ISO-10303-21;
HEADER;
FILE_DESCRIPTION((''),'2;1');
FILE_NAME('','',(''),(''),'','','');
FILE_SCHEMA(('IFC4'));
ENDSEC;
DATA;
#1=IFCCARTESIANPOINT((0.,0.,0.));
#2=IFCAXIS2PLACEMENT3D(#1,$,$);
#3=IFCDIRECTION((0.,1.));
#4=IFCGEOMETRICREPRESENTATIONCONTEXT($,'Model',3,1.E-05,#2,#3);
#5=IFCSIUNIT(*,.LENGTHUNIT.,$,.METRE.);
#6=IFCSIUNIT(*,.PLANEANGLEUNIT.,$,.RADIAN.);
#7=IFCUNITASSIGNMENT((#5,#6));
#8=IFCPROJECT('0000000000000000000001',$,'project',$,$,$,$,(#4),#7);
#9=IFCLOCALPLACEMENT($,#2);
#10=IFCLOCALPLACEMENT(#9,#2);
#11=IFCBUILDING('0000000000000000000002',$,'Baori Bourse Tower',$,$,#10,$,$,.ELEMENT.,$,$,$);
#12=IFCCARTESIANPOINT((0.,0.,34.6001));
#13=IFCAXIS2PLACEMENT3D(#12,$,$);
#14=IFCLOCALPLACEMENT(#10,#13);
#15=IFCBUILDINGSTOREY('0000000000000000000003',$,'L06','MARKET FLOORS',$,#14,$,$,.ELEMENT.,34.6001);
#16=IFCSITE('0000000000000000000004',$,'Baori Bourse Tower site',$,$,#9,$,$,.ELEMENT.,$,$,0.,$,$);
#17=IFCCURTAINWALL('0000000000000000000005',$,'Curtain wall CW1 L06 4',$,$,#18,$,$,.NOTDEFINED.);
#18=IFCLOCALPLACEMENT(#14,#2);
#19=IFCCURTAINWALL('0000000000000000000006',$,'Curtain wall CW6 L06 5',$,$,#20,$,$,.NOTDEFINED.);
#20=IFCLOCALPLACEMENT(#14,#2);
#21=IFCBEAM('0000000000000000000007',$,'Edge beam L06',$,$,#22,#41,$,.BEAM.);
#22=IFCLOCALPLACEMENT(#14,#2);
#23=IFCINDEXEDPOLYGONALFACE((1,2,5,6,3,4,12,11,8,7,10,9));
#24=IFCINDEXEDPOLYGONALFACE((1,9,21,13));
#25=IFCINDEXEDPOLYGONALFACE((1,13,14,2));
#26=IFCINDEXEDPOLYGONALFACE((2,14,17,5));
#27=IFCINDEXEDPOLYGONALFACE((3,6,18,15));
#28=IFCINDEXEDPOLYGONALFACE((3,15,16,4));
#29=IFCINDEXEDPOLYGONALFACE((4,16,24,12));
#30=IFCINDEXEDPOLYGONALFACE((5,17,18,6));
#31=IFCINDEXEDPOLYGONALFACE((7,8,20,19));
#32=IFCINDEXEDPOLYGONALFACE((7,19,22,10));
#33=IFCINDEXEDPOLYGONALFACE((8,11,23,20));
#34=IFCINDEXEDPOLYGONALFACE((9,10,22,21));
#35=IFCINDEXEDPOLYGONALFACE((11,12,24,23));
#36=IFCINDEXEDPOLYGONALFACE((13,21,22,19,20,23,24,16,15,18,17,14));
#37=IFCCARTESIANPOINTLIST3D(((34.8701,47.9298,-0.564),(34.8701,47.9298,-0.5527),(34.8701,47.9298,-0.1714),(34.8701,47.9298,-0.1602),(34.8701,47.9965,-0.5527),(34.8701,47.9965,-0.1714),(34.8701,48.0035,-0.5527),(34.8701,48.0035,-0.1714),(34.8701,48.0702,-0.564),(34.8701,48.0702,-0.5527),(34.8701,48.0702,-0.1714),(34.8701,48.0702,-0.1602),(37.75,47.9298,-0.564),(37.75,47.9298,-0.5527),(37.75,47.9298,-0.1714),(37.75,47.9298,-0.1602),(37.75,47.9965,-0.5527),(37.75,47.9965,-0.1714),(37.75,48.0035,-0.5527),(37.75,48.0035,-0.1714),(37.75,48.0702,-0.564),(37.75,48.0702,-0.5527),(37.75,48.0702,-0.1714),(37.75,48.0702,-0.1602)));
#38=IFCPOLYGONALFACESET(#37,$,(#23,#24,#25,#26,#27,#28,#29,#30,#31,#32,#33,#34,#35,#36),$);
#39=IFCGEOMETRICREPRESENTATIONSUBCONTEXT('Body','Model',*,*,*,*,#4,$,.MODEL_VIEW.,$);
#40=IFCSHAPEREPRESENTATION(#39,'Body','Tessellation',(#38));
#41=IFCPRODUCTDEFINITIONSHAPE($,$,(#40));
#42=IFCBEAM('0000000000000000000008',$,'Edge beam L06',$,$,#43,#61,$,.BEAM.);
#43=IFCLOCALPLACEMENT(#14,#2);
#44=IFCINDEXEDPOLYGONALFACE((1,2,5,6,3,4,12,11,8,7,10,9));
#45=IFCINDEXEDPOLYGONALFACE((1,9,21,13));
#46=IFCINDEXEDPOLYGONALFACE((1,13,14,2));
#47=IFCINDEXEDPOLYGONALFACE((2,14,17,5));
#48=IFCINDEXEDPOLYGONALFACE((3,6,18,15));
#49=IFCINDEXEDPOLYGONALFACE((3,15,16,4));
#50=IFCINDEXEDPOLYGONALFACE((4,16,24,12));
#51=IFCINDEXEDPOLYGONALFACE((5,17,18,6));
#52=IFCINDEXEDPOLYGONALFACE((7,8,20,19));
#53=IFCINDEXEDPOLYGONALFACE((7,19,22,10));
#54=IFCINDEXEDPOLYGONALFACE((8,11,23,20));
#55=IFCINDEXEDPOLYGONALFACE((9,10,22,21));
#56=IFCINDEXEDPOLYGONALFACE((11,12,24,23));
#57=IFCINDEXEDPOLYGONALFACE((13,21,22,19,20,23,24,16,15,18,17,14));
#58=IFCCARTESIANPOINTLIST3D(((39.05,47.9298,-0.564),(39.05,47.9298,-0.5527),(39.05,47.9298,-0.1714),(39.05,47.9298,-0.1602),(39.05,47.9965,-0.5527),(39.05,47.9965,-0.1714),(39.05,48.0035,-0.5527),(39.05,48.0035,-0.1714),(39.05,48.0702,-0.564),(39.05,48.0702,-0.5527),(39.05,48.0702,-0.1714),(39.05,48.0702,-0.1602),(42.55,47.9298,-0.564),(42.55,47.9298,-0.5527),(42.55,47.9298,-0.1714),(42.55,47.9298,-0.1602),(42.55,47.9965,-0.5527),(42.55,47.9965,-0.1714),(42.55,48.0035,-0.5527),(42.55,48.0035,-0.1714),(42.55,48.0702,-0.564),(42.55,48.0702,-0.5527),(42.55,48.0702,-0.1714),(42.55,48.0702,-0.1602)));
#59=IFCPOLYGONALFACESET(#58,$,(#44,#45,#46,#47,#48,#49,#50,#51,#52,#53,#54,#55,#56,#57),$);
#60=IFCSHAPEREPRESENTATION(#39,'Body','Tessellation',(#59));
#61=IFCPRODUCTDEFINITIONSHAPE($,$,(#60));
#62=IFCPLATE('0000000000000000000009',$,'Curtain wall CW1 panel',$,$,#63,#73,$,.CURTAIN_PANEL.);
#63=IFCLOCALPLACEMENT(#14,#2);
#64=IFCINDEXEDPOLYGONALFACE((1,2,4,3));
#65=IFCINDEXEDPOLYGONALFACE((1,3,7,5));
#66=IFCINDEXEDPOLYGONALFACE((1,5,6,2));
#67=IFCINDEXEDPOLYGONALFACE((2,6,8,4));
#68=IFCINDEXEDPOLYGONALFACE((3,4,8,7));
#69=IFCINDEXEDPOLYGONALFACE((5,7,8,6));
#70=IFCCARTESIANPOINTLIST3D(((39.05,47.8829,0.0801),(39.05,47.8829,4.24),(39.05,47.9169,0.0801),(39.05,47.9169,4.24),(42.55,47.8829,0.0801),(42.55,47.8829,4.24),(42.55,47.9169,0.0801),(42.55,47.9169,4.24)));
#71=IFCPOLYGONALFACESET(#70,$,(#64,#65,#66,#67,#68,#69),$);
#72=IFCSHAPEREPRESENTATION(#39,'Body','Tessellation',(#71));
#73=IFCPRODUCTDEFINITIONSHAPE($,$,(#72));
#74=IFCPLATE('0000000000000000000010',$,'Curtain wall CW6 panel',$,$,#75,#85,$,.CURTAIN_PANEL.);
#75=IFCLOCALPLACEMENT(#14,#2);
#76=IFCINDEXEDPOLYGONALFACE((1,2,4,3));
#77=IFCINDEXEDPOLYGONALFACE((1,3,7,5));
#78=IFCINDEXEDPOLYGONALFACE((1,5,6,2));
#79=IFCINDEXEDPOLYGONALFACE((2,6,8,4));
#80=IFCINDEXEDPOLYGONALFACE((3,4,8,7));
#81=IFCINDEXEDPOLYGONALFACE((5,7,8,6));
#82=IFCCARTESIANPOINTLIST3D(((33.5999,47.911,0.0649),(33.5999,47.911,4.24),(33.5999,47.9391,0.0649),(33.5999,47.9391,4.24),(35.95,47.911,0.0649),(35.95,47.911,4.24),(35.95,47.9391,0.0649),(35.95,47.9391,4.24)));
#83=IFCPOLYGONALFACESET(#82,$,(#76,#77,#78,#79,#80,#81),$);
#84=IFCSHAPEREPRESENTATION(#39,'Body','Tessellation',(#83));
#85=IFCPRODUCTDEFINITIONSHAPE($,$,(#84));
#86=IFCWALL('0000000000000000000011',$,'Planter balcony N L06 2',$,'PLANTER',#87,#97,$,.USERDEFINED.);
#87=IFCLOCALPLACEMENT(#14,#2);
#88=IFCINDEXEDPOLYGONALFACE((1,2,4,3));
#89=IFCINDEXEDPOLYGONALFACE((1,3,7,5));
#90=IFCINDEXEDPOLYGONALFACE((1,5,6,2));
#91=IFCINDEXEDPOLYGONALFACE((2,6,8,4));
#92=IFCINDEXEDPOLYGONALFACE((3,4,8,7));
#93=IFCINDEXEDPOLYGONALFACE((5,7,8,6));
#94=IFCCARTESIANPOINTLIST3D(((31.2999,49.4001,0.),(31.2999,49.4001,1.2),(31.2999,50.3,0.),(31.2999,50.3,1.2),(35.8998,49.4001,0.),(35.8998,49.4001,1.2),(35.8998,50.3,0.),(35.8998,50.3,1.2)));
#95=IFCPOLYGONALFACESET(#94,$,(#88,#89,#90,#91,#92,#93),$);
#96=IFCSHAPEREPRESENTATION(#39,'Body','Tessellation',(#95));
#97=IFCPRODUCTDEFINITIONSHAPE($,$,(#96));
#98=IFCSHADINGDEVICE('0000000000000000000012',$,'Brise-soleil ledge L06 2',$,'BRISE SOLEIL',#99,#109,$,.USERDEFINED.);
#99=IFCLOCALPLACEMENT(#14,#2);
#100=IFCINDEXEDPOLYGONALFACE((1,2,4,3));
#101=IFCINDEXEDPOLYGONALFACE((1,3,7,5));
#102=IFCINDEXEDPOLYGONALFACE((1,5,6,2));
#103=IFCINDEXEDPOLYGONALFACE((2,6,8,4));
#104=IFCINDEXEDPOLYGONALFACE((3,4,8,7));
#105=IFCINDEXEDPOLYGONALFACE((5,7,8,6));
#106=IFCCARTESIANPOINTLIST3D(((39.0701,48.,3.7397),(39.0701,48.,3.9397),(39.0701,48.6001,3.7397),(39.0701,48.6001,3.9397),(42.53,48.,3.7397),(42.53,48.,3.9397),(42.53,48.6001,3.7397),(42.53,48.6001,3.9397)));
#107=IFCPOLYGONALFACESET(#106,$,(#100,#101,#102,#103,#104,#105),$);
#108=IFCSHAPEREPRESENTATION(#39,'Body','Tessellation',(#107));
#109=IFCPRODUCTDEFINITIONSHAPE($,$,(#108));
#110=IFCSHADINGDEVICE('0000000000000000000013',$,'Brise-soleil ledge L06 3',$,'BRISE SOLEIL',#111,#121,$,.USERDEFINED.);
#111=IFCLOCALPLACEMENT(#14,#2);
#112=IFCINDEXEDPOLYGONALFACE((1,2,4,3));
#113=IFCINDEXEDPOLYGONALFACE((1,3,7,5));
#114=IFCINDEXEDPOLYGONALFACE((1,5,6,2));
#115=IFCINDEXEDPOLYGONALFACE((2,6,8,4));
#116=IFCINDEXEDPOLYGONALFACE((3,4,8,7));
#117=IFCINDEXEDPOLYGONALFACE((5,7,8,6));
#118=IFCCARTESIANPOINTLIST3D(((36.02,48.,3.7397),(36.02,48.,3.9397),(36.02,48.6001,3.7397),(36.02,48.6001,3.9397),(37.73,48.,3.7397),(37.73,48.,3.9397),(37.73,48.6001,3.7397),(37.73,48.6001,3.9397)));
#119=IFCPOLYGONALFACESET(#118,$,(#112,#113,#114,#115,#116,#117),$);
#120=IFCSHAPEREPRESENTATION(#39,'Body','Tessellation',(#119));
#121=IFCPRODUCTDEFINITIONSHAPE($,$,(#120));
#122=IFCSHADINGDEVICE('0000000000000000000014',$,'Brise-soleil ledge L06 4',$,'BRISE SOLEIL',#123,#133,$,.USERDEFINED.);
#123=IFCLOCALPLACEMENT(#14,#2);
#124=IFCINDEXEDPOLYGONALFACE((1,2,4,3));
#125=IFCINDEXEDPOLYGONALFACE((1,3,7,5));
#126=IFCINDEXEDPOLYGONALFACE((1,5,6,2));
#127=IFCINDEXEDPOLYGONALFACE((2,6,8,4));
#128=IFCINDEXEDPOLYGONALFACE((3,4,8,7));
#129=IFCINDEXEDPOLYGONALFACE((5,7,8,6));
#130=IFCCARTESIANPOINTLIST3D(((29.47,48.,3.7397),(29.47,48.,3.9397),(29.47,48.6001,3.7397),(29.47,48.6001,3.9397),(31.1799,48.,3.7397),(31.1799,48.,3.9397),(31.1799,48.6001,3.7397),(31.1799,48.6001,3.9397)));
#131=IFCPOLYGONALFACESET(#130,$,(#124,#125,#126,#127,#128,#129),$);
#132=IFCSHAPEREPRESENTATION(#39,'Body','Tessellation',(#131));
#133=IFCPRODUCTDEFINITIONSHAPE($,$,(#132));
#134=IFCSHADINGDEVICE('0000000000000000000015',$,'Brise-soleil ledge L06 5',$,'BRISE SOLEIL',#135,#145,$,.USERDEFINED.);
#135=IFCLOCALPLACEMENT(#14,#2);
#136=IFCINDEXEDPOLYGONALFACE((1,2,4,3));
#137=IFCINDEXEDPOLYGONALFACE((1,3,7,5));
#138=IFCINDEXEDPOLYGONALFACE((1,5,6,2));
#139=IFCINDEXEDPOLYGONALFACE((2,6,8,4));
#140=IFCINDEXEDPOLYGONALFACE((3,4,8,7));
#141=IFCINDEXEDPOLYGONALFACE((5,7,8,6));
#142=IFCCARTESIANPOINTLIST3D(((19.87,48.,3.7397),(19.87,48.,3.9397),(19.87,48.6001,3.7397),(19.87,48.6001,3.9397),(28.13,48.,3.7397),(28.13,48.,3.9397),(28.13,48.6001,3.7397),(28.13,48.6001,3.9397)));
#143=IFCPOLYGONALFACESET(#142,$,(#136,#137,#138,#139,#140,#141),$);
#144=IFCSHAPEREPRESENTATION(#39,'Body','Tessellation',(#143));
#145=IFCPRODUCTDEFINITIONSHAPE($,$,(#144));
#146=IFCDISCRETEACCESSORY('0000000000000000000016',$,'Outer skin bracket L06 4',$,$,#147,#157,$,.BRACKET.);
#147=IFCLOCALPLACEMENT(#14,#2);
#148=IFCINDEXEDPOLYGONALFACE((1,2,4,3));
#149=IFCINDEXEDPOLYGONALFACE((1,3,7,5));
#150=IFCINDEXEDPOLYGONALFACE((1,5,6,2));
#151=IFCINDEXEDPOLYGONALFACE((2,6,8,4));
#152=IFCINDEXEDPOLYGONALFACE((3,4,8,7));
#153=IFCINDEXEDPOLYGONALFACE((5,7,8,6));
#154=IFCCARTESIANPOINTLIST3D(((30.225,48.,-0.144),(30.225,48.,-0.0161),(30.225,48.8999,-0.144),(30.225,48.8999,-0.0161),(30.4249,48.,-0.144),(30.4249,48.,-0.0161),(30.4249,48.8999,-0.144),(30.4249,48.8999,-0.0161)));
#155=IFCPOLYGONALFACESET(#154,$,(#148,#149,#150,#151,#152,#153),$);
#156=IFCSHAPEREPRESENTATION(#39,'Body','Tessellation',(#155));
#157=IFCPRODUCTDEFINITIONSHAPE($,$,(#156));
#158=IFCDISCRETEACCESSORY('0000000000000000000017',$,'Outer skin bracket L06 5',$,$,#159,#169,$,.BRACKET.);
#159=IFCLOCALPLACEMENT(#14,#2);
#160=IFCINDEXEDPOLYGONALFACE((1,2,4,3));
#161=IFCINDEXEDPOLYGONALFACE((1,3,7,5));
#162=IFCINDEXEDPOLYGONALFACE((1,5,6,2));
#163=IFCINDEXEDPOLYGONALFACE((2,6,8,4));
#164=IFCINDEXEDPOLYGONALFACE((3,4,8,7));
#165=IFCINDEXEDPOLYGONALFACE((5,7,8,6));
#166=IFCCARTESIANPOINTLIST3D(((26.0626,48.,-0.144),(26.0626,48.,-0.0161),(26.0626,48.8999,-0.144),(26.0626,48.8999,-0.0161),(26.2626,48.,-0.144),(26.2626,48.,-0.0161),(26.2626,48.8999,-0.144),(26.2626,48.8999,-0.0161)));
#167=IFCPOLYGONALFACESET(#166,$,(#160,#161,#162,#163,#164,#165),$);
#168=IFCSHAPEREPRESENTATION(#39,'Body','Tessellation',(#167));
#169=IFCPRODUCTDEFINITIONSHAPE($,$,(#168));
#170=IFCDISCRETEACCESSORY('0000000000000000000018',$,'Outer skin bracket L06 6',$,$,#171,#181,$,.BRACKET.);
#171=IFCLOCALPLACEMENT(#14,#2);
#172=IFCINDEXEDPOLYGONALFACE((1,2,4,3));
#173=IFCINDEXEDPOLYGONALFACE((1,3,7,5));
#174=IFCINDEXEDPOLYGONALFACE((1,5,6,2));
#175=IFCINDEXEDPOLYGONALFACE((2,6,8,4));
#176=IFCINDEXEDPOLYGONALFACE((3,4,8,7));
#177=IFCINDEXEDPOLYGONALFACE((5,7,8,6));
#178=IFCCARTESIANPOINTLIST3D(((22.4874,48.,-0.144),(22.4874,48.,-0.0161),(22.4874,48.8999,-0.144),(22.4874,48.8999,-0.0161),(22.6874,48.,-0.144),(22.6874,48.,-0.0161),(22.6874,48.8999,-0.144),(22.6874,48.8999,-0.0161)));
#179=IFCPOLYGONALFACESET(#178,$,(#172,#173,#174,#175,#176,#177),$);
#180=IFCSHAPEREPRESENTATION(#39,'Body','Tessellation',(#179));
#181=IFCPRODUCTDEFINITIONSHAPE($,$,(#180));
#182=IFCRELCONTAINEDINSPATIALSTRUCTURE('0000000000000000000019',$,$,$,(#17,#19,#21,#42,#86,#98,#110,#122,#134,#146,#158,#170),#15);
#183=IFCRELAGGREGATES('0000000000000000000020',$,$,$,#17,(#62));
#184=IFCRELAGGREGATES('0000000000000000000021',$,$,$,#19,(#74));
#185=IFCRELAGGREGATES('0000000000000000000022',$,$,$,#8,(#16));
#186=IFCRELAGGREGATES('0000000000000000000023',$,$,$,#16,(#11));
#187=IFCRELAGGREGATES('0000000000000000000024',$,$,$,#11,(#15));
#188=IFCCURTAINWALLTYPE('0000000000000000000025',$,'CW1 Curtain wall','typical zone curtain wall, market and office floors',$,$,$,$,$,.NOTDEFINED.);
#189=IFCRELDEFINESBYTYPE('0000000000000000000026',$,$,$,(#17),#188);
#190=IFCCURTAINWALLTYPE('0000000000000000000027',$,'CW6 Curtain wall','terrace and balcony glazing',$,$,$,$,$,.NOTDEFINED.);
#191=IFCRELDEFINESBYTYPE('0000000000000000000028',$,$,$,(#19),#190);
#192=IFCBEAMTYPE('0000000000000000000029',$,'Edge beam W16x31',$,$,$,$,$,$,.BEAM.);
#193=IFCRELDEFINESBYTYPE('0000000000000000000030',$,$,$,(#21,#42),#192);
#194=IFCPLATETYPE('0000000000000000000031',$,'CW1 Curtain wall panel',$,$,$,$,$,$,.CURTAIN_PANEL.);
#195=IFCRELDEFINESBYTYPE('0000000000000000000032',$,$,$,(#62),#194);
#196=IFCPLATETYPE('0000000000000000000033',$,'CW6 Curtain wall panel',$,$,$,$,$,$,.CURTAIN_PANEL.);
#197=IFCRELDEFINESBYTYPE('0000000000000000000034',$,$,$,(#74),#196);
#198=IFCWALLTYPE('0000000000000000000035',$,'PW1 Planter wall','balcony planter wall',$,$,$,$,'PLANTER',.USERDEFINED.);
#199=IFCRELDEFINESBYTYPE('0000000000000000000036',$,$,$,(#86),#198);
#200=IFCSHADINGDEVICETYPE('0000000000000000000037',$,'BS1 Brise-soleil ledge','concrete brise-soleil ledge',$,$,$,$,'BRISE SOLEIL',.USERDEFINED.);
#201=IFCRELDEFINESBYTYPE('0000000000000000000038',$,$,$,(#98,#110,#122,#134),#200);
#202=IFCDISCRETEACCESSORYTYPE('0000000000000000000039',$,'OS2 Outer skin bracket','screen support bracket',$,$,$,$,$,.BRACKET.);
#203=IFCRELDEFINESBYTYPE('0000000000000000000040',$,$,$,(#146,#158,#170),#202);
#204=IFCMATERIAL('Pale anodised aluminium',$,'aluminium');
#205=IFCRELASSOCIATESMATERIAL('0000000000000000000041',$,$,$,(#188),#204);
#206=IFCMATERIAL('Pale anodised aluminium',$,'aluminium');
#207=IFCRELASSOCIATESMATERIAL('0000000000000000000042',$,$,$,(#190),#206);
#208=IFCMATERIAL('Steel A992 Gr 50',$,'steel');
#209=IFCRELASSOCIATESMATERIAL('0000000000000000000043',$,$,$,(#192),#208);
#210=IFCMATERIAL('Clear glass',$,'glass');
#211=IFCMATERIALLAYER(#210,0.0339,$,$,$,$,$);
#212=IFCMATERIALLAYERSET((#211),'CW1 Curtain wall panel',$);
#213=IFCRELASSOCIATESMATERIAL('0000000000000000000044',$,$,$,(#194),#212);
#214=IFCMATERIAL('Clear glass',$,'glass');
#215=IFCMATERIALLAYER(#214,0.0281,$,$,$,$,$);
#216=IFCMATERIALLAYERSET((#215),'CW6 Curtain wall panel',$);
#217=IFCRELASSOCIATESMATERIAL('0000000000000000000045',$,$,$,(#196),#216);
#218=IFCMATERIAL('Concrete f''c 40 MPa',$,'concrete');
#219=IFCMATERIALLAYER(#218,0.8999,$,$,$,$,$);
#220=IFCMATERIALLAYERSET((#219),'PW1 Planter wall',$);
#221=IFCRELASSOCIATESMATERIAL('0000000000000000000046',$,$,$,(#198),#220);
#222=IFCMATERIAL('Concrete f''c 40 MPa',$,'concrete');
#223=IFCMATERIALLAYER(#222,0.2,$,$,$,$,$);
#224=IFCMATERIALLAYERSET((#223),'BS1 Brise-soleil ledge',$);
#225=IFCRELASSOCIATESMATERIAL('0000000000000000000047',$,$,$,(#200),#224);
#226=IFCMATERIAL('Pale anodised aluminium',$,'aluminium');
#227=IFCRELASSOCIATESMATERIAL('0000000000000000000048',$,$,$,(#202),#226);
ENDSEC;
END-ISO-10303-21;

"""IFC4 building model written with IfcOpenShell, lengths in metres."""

from ifc_helpers import new_model, si_unit, direction, frame, frame_2d, origin, origin_2d, place, context, subcontext, project, spatial, rectangle, i_section, extrude, material, layer, layer_set, material_profile, profile_set, type_object, element, aggregate, save


model = new_model("IFC4")

# Units and contexts
model_context = context("Model", 3, precision=1e-05, world=origin(), true_north=direction((0.0, 1.0)))
body_context = subcontext(model_context, "Body", "Model", "MODEL_VIEW")
ifc_project = project(units=[si_unit("LENGTHUNIT", "METRE"), si_unit("PLANEANGLEUNIT", "RADIAN")], contexts=[model_context])

# Site, building, storey
site_placement = place(None, origin())
site = spatial("IfcSite", under=ifc_project, at=site_placement, Name="Baori Bourse Tower site", CompositionType="ELEMENT", RefElevation=0.0)
building_placement = place(site_placement, origin())
building = spatial("IfcBuilding", under=site, at=building_placement, Name="Baori Bourse Tower", CompositionType="ELEMENT")
storey_placement = place(building_placement, frame((0.0, 0.0, 34.6001)))
storey = spatial("IfcBuildingStorey", under=building, at=storey_placement, Name="L06", Description="MARKET FLOORS", CompositionType="ELEMENT", Elevation=34.6001)

# Curtain wall
ifc_material_1 = material(Name="Pale anodised aluminium", Category="aluminium")
curtain_wall_type_1 = type_object("IfcCurtainWallType", Name="CW1 Curtain wall", Description="typical zone curtain wall, market and office floors", PredefinedType="NOTDEFINED", material=ifc_material_1)
curtain_wall_1_placement = place(storey_placement, origin())
curtain_wall_1 = element("IfcCurtainWall", 1, at=curtain_wall_1_placement, inside=storey, type_object=curtain_wall_type_1, Name="Curtain wall CW1 L06 4", PredefinedType="NOTDEFINED")

# Curtain wall
ifc_material_2 = material(Name="Pale anodised aluminium", Category="aluminium")
curtain_wall_type_2 = type_object("IfcCurtainWallType", Name="CW6 Curtain wall", Description="terrace and balcony glazing", PredefinedType="NOTDEFINED", material=ifc_material_2)
curtain_wall_2_placement = place(storey_placement, origin())
curtain_wall_2 = element("IfcCurtainWall", 2, at=curtain_wall_2_placement, inside=storey, type_object=curtain_wall_type_2, Name="Curtain wall CW6 L06 5", PredefinedType="NOTDEFINED")

# Beams
ifc_material_3 = material(Name="Steel A992 Gr 50", Category="steel")
ifc_material_profile_1 = material_profile(ifc_material_3, i_section(OverallWidth=0.1404, OverallDepth=0.4038, WebThickness=0.0071, FlangeThickness=0.0112, at=origin_2d()), Name="W16x31")
ifc_profile_set_1 = profile_set([ifc_material_profile_1], Name="Steel A992 Gr 50")
beam_type_1 = type_object("IfcBeamType", Name="Edge beam W16x31", PredefinedType="BEAM", material=ifc_profile_set_1)
beam_1_placement = place(storey_placement, frame((34.8701, 48.0, -0.3621), z_axis=(1.0, 0.0, 0.0), x_axis=(0.0, 1.0, 0.0)))
element("IfcBeam", 3, at=beam_1_placement, inside=storey, type_object=beam_type_1, Name="Edge beam L06", PredefinedType="BEAM", context=body_context, shape_type="SweptSolid", body=[
    extrude(i_section(OverallWidth=0.1404, OverallDepth=0.4038, WebThickness=0.0071, FlangeThickness=0.0112, at=origin_2d()), origin(), (0.0, 0.0, 1.0), 2.8799),
])
beam_2_placement = place(storey_placement, frame((39.05, 48.0, -0.3621), z_axis=(1.0, 0.0, 0.0), x_axis=(0.0, 1.0, 0.0)))
element("IfcBeam", 4, at=beam_2_placement, inside=storey, type_object=beam_type_1, Name="Edge beam L06", PredefinedType="BEAM", context=body_context, shape_type="SweptSolid", body=[
    extrude(i_section(OverallWidth=0.1404, OverallDepth=0.4038, WebThickness=0.0071, FlangeThickness=0.0112, at=origin_2d()), origin(), (0.0, 0.0, 1.0), 3.5),
])

# Plates
ifc_material_4 = material(Name="Clear glass", Category="glass")
ifc_layer_1 = layer(ifc_material_4, 0.0339)
ifc_layer_set_1 = layer_set([ifc_layer_1], Name="CW1 Curtain wall panel")
plate_type_1 = type_object("IfcPlateType", Name="CW1 Curtain wall panel", PredefinedType="CURTAIN_PANEL", material=ifc_layer_set_1)
plate_1_placement = place(storey_placement, frame((40.8, 47.8999, 0.0801), z_axis=(0.0, 0.0, 1.0), x_axis=(-1.0, 0.0, 0.0)))
plate_1 = element("IfcPlate", 5, at=plate_1_placement, type_object=plate_type_1, Name="Curtain wall CW1 panel", PredefinedType="CURTAIN_PANEL", context=body_context, shape_type="SweptSolid", body=[
    extrude(rectangle(XDim=3.5, YDim=0.0339, at=origin_2d()), origin(), (0.0, 0.0, 1.0), 4.1599),
])
aggregate(curtain_wall_1, [plate_1])
ifc_material_5 = material(Name="Clear glass", Category="glass")
ifc_layer_2 = layer(ifc_material_5, 0.0281)
ifc_layer_set_2 = layer_set([ifc_layer_2], Name="CW6 Curtain wall panel")
plate_type_2 = type_object("IfcPlateType", Name="CW6 Curtain wall panel", PredefinedType="CURTAIN_PANEL", material=ifc_layer_set_2)
plate_2_placement = place(storey_placement, frame((34.7749, 47.925, 0.0649), z_axis=(0.0, 0.0, 1.0), x_axis=(-1.0, 0.0, 0.0)))
plate_2 = element("IfcPlate", 6, at=plate_2_placement, type_object=plate_type_2, Name="Curtain wall CW6 panel", PredefinedType="CURTAIN_PANEL", context=body_context, shape_type="SweptSolid", body=[
    extrude(rectangle(XDim=2.3501, YDim=0.0281, at=origin_2d()), origin(), (0.0, 0.0, 1.0), 4.175),
])
aggregate(curtain_wall_2, [plate_2])

# Wall
ifc_material_6 = material(Name="Concrete f'c 40 MPa", Category="concrete")
ifc_layer_3 = layer(ifc_material_6, 0.8999)
ifc_layer_set_3 = layer_set([ifc_layer_3], Name="PW1 Planter wall")
wall_type = type_object("IfcWallType", Name="PW1 Planter wall", Description="balcony planter wall", ElementType="PLANTER", PredefinedType="USERDEFINED", material=ifc_layer_set_3)
wall_placement = place(storey_placement, frame((31.3, 49.8501, 0.0), z_axis=(0.0, 0.0, 1.0), x_axis=(1.0, 0.0, 0.0)))
element("IfcWall", 7, at=wall_placement, inside=storey, type_object=wall_type, Name="Planter balcony N L06 2", ObjectType="PLANTER", PredefinedType="USERDEFINED", context=body_context, shape_type="SweptSolid", body=[
    extrude(rectangle(XDim=4.5999, YDim=0.8999, at=frame_2d((2.2998, 0.0))), origin(), (0.0, 0.0, 1.0), 1.2),
])

# Shading devices
ifc_material_7 = material(Name="Concrete f'c 40 MPa", Category="concrete")
ifc_layer_4 = layer(ifc_material_7, 0.2)
ifc_layer_set_4 = layer_set([ifc_layer_4], Name="BS1 Brise-soleil ledge")
shading_device_type = type_object("IfcShadingDeviceType", Name="BS1 Brise-soleil ledge", Description="concrete brise-soleil ledge", ElementType="BRISE SOLEIL", PredefinedType="USERDEFINED", material=ifc_layer_set_4)
shading_device_1_placement = place(storey_placement, frame((40.8, 48.3, 3.7397), z_axis=(0.0, 0.0, 1.0), x_axis=(-1.0, 0.0, 0.0)))
element("IfcShadingDevice", 8, at=shading_device_1_placement, inside=storey, type_object=shading_device_type, Name="Brise-soleil ledge L06 2", ObjectType="BRISE SOLEIL", PredefinedType="USERDEFINED", context=body_context, shape_type="SweptSolid", body=[
    extrude(rectangle(XDim=3.46, YDim=0.6001, at=origin_2d()), origin(), (0.0, 0.0, 1.0), 0.2),
])
for number, where, z_axis, x_axis, name in (
    (9, (36.875, 48.3, 3.7397), (0.0, 0.0, 1.0), (-1.0, 0.0, 0.0), "Brise-soleil ledge L06 3"),
    (10, (30.325, 48.3, 3.7397), (0.0, 0.0, 1.0), (-1.0, 0.0, 0.0), "Brise-soleil ledge L06 4"),
):
    element("IfcShadingDevice", number, at=place(storey_placement, frame(where, z_axis=z_axis, x_axis=x_axis)), inside=storey, type_object=shading_device_type, Name=name, ObjectType="BRISE SOLEIL", PredefinedType="USERDEFINED", context=body_context, shape_type="SweptSolid", body=[
        extrude(rectangle(XDim=1.71, YDim=0.6001, at=origin_2d()), origin(), (0.0, 0.0, 1.0), 0.2),
    ])
shading_device_2_placement = place(storey_placement, frame((24.0, 48.3, 3.7397), z_axis=(0.0, 0.0, 1.0), x_axis=(-1.0, 0.0, 0.0)))
element("IfcShadingDevice", 11, at=shading_device_2_placement, inside=storey, type_object=shading_device_type, Name="Brise-soleil ledge L06 5", ObjectType="BRISE SOLEIL", PredefinedType="USERDEFINED", context=body_context, shape_type="SweptSolid", body=[
    extrude(rectangle(XDim=8.26, YDim=0.6001, at=origin_2d()), origin(), (0.0, 0.0, 1.0), 0.2),
])

# Discrete accessories
ifc_material_8 = material(Name="Pale anodised aluminium", Category="aluminium")
discrete_accessory_type = type_object("IfcDiscreteAccessoryType", Name="OS2 Outer skin bracket", Description="screen support bracket", PredefinedType="BRACKET", material=ifc_material_8)
for number, where, z_axis, x_axis, name in (
    (12, (30.325, 48.45, -0.144), (0.0, 0.0, 1.0), (-1.0, 0.0, 0.0), "Outer skin bracket L06 4"),
    (13, (26.1626, 48.45, -0.144), (0.0, 0.0, 1.0), (-1.0, 0.0, 0.0), "Outer skin bracket L06 5"),
    (14, (22.5874, 48.45, -0.144), (0.0, 0.0, 1.0), (-1.0, 0.0, 0.0), "Outer skin bracket L06 6"),
):
    element("IfcDiscreteAccessory", number, at=place(storey_placement, frame(where, z_axis=z_axis, x_axis=x_axis)), inside=storey, type_object=discrete_accessory_type, Name=name, PredefinedType="BRACKET", context=body_context, shape_type="SweptSolid", body=[
        extrude(rectangle(XDim=0.2, YDim=0.8999, at=origin_2d()), origin(), (0.0, 0.0, 1.0), 0.1279),
    ])

save(model, "model.ifc")
